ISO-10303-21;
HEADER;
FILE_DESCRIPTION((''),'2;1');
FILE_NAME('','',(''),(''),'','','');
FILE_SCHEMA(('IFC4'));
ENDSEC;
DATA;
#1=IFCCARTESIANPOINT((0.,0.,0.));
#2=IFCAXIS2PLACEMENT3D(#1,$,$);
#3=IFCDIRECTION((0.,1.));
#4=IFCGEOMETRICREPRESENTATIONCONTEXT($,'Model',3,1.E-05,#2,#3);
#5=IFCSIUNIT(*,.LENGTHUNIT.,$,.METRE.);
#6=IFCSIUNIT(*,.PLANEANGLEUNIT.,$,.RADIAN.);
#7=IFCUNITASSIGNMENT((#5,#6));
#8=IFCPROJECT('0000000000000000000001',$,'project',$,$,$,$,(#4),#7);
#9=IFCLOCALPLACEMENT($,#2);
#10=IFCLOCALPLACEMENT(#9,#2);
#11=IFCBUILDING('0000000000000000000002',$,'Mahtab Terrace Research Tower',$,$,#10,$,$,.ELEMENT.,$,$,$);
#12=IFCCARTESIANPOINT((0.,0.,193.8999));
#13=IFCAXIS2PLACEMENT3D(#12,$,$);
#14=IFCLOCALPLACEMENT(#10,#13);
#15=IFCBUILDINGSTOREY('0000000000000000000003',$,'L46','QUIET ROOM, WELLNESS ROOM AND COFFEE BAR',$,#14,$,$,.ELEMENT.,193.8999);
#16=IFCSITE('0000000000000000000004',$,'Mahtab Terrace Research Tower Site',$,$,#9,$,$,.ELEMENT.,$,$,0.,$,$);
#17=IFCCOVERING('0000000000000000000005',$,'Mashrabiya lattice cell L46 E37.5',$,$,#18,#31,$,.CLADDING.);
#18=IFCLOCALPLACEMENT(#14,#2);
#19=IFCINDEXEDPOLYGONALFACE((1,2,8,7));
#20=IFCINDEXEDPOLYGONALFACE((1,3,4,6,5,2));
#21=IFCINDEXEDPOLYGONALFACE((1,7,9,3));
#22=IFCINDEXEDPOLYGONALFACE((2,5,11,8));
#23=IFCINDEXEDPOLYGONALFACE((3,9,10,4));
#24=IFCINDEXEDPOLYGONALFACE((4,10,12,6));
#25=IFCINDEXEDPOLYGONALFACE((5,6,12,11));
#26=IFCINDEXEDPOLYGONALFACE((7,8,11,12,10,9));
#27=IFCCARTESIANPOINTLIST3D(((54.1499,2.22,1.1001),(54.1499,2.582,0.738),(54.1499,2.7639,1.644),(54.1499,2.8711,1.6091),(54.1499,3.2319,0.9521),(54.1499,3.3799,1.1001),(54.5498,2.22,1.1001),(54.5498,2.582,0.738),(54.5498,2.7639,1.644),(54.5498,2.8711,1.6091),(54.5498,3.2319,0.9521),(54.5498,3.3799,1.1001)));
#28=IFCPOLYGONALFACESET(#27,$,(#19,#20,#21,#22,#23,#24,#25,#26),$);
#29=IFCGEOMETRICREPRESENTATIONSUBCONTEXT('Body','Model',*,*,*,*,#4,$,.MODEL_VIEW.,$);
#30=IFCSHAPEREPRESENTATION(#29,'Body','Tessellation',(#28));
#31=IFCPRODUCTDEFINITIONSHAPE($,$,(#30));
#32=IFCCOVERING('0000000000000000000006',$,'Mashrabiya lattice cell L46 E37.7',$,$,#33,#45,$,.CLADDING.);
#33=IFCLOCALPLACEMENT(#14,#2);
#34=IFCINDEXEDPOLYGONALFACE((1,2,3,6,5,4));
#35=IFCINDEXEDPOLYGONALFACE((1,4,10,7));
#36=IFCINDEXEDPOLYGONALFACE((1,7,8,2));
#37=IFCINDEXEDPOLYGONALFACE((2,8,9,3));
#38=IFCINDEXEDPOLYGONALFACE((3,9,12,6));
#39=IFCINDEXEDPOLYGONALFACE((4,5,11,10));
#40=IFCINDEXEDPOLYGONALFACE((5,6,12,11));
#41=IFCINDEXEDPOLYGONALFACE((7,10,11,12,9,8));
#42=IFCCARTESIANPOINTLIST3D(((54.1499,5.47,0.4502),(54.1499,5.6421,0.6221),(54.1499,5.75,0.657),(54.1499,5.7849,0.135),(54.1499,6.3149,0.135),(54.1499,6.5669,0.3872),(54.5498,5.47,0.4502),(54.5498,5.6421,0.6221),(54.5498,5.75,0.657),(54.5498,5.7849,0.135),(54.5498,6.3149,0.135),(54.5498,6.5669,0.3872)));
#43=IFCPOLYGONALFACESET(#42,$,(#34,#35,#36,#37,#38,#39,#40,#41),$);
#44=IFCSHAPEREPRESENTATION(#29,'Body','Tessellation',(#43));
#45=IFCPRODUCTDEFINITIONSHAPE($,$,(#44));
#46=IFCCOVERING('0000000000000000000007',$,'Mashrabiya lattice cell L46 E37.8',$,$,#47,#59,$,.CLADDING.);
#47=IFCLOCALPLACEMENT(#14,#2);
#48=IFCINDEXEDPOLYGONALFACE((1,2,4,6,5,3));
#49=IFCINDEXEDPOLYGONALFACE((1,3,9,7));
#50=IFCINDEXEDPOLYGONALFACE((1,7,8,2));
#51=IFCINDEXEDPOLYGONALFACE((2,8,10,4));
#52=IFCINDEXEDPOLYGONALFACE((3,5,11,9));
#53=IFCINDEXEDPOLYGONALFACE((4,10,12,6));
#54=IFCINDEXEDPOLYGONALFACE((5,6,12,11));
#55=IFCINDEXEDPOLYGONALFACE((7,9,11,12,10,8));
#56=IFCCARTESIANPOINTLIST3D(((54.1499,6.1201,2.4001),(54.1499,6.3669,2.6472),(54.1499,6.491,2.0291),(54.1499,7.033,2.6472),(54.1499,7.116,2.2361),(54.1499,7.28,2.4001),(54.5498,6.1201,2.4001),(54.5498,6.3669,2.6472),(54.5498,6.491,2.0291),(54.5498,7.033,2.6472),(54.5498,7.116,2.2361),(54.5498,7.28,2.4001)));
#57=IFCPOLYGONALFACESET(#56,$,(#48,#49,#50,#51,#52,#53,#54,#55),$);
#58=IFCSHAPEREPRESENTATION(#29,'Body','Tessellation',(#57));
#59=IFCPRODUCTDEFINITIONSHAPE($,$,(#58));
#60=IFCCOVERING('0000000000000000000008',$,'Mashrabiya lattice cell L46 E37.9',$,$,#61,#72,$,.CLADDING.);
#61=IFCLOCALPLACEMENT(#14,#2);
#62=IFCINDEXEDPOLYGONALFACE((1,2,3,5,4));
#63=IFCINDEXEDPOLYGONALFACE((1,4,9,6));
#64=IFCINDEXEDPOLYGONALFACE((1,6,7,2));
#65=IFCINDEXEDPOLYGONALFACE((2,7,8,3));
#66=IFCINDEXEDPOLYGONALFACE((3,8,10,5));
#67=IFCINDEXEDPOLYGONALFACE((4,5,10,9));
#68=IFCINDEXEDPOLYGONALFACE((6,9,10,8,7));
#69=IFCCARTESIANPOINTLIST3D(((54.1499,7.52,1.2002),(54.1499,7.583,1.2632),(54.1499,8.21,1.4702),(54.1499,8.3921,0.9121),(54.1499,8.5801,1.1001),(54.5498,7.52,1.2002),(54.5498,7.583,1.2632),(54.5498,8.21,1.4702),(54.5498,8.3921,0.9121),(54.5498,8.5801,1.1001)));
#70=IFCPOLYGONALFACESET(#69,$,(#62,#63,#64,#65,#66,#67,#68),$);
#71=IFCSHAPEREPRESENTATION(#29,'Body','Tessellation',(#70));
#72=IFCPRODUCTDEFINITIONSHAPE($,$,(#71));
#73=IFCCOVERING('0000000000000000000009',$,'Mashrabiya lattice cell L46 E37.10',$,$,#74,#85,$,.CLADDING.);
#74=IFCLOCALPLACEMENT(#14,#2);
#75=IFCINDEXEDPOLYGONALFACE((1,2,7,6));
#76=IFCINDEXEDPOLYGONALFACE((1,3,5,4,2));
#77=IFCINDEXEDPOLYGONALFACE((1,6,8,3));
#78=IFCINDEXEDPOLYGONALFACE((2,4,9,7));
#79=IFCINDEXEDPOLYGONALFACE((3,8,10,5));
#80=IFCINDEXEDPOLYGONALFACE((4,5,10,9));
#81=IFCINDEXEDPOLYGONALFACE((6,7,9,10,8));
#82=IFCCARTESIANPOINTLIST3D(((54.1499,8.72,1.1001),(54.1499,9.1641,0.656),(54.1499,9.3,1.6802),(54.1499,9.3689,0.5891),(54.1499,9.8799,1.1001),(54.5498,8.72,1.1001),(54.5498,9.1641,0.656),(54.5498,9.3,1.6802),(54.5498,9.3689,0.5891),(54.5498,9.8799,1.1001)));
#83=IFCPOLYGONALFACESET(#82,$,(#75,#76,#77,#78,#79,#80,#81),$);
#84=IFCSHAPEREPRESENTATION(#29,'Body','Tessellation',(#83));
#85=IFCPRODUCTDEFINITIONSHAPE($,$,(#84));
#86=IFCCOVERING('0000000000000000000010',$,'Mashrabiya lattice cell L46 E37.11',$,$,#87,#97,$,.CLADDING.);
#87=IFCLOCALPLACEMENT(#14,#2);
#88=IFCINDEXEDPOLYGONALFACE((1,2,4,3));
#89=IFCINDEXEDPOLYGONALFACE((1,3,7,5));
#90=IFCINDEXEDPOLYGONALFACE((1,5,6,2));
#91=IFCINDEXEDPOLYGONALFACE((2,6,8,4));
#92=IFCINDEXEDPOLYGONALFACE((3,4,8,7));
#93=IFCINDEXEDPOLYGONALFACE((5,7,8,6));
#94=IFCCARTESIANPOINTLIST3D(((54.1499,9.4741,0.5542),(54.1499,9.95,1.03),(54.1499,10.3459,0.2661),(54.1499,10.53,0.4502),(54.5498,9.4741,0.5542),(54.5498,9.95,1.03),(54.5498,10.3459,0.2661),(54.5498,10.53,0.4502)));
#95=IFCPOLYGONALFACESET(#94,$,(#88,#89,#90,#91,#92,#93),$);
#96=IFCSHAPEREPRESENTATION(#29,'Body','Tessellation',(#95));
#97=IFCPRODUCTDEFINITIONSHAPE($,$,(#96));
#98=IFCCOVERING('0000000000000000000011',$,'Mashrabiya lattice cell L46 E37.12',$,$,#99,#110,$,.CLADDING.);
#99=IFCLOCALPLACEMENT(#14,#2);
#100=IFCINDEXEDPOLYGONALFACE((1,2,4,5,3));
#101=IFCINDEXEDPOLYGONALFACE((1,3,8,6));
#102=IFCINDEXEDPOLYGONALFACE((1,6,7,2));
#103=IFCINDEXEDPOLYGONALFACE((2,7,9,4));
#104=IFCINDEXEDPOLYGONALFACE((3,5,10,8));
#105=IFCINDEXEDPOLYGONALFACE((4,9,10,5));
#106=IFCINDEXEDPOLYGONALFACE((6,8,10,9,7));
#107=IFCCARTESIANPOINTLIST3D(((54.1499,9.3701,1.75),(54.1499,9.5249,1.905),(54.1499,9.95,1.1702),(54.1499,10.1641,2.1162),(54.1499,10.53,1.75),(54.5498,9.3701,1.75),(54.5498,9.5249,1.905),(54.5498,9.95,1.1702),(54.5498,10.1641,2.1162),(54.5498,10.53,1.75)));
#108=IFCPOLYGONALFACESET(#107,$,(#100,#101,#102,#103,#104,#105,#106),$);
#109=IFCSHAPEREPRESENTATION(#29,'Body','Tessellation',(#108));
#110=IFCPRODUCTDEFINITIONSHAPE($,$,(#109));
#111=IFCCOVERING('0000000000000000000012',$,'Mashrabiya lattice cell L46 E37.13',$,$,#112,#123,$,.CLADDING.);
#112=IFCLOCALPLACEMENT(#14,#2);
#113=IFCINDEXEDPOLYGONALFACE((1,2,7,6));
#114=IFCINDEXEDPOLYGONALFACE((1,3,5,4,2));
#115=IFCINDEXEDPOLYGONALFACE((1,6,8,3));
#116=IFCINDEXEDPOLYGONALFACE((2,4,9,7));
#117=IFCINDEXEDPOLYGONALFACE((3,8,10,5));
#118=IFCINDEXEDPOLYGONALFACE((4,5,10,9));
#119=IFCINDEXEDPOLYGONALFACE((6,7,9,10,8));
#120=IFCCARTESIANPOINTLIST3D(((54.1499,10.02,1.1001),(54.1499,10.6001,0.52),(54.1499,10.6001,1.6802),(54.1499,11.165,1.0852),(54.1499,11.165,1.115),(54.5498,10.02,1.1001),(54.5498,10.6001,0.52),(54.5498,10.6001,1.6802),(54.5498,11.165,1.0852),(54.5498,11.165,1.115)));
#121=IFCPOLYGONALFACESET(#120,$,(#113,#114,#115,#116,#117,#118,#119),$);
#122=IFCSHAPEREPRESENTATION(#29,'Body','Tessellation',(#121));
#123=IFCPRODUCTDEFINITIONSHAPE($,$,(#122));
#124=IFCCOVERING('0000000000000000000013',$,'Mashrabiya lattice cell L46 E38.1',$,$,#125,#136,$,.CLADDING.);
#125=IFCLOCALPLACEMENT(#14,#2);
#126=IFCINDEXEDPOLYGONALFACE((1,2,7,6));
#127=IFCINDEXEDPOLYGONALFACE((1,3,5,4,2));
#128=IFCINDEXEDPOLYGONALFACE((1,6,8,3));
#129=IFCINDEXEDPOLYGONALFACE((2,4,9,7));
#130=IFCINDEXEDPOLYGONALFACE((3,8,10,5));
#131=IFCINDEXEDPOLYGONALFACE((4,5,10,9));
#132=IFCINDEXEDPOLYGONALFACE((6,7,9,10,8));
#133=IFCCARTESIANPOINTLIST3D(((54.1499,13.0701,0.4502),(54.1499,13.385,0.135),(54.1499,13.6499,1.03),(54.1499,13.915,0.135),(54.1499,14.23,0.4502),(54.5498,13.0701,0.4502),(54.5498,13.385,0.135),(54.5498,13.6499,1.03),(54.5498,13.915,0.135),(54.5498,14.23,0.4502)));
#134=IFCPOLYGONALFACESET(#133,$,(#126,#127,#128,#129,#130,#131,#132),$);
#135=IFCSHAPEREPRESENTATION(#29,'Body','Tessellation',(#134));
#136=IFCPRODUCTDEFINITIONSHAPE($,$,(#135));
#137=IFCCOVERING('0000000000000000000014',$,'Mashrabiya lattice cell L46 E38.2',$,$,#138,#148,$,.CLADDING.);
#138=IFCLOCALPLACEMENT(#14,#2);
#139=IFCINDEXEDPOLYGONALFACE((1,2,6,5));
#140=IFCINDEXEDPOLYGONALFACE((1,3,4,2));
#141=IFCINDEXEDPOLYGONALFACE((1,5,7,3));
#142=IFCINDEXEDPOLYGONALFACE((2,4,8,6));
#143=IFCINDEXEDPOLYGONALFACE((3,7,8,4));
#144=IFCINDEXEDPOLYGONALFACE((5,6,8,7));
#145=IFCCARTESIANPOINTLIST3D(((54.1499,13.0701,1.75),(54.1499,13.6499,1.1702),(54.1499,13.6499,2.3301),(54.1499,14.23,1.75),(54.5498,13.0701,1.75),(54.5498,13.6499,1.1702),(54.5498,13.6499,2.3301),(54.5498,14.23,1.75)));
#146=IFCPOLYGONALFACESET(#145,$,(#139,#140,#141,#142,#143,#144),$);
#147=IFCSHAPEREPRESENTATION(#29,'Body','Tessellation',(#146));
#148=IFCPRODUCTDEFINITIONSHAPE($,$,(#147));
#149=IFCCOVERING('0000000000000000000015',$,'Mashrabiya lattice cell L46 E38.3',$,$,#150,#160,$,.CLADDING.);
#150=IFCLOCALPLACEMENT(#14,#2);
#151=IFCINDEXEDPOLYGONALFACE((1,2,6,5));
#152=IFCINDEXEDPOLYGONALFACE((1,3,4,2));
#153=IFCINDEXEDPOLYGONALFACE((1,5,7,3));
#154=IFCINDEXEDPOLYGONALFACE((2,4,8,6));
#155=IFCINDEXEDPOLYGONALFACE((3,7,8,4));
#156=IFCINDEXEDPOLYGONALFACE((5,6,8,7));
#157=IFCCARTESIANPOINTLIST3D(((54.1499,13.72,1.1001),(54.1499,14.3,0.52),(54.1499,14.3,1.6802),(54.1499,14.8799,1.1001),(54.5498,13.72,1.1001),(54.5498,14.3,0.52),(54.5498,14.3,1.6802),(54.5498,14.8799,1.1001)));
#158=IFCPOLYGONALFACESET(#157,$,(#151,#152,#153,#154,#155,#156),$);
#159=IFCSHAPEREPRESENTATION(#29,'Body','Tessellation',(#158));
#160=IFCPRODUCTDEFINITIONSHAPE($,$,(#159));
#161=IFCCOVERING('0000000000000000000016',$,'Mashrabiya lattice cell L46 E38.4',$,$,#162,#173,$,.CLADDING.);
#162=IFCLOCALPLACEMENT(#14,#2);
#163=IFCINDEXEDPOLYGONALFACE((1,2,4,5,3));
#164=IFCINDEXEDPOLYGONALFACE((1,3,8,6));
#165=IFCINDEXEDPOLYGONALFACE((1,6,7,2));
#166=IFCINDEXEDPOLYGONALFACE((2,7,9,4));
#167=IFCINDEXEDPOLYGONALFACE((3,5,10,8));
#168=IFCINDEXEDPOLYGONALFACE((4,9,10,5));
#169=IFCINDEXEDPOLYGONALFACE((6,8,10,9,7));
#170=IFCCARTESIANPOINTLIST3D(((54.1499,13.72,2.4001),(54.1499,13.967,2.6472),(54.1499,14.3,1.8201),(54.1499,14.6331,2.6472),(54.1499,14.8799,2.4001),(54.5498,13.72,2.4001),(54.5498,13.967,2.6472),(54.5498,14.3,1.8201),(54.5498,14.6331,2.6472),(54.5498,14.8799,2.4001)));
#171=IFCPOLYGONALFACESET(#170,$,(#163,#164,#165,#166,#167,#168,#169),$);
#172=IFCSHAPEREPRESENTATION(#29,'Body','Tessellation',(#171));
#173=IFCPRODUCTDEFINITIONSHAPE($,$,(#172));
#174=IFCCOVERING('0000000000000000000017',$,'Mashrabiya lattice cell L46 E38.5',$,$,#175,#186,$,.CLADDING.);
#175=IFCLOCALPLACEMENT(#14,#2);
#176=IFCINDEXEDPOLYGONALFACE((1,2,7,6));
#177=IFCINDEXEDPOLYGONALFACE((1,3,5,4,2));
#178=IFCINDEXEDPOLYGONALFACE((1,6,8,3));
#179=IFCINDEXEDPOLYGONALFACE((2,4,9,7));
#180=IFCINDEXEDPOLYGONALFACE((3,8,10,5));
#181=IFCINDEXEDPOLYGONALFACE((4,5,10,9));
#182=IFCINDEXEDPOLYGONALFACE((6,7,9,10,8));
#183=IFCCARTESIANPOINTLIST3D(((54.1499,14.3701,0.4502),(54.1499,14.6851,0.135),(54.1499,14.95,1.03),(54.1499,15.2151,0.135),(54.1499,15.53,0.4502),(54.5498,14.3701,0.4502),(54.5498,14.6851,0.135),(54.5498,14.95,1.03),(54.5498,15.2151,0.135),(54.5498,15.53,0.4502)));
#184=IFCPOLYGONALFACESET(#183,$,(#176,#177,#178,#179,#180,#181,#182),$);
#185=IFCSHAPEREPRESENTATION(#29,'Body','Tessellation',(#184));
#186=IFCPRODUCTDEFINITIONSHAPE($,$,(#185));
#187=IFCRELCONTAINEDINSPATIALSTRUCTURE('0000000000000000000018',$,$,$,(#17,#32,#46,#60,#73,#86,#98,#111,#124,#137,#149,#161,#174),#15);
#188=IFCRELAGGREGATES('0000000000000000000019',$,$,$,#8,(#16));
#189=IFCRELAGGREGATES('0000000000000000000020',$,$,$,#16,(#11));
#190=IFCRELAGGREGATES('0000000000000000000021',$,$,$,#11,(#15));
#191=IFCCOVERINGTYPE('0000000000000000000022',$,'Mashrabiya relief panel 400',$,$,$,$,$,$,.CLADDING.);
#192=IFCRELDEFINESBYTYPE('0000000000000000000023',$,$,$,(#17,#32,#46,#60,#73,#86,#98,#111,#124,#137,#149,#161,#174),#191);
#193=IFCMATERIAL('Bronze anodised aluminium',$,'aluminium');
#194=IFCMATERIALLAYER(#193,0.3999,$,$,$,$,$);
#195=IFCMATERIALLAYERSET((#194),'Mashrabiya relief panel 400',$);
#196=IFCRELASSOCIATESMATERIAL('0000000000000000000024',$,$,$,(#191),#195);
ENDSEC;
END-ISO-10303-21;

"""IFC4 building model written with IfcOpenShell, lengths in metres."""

from ifc_helpers import new_model, si_unit, direction, frame, origin, place, context, subcontext, project, spatial, polyline, outline, extrude, material, layer, layer_set, type_object, element, save


model = new_model("IFC4")

# Units and contexts
model_context = context("Model", 3, precision=1e-05, world=origin(), true_north=direction((0.0, 1.0)))
body_context = subcontext(model_context, "Body", "Model", "MODEL_VIEW")
ifc_project = project(units=[si_unit("LENGTHUNIT", "METRE"), si_unit("PLANEANGLEUNIT", "RADIAN")], contexts=[model_context])

# Site, building, storey
site_placement = place(None, origin())
site = spatial("IfcSite", under=ifc_project, at=site_placement, Name="Mahtab Terrace Research Tower Site", CompositionType="ELEMENT", RefElevation=0.0)
building_placement = place(site_placement, origin())
building = spatial("IfcBuilding", under=site, at=building_placement, Name="Mahtab Terrace Research Tower", CompositionType="ELEMENT")
storey_placement = place(building_placement, frame((0.0, 0.0, 193.8999)))
storey = spatial("IfcBuildingStorey", under=building, at=storey_placement, Name="L46", Description="QUIET ROOM, WELLNESS ROOM AND COFFEE BAR", CompositionType="ELEMENT", Elevation=193.8999)

# Coverings
ifc_material_1 = material(Name="Bronze anodised aluminium", Category="aluminium")
ifc_layer_1 = layer(ifc_material_1, 0.3999)
ifc_layer_set_1 = layer_set([ifc_layer_1], Name="Mashrabiya relief panel 400")
covering_type_1 = type_object("IfcCoveringType", Name="Mashrabiya relief panel 400", PredefinedType="CLADDING", material=ifc_layer_set_1)
covering_1_placement = place(storey_placement, frame((54.1499, 2.22, 1.1001), z_axis=(-1.0, 0.0, 0.0), x_axis=(0.0, 0.707107, 0.707107)))
element("IfcCovering", 1, at=covering_1_placement, inside=storey, type_object=covering_type_1, Name="Mashrabiya lattice cell L46 E37.5", PredefinedType="CLADDING", context=body_context, shape_type="SweptSolid", body=[
    extrude(outline(polyline([(0.0, 0.0), (0.7693, 0.0), (0.8204, 0.1005), (0.8202, 0.8202), (0.6109, 0.8202), (0.0, 0.512), (0.0, 0.0)])), origin(), (0.0, 0.0, -1.0), 0.3999),
])
covering_2_placement = place(storey_placement, frame((54.1499, 5.47, 0.4502), z_axis=(-1.0, 0.0, 0.0), x_axis=(0.0, 0.707608, 0.706605)))
element("IfcCovering", 2, at=covering_2_placement, inside=storey, type_object=covering_type_1, Name="Mashrabiya lattice cell L46 E37.7", PredefinedType="CLADDING", context=body_context, shape_type="SweptSolid", body=[
    extrude(outline(polyline([(0.0, 0.0), (0.2432, 0.0), (0.3443, 0.0515), (0.7317, 0.8197), (0.3752, 0.8201), (0.0001, 0.4456), (0.0, 0.0)])), origin(), (0.0, 0.0, -1.0), 0.3999),
])
covering_3_placement = place(storey_placement, frame((54.1499, 6.1201, 2.4001), z_axis=(-1.0, 0.0, 0.0), x_axis=(0.0, 0.706757, 0.707456)))
element("IfcCovering", 3, at=covering_3_placement, inside=storey, type_object=covering_type_1, Name="Mashrabiya lattice cell L46 E37.8", PredefinedType="CLADDING", context=body_context, shape_type="SweptSolid", body=[
    extrude(outline(polyline([(0.0, 0.0), (0.3492, 0.0), (0.8199, 0.4712), (0.8198, 0.8206), (0.5878, 0.8205), (-0.0004, 0.5246), (0.0, 0.0)])), origin(), (0.0, 0.0, -1.0), 0.3999),
])
covering_4_placement = place(storey_placement, frame((54.1499, 8.5801, 1.1001), z_axis=(-1.0, 0.0, 0.0), x_axis=(0.0, -0.707107, -0.707107)))
element("IfcCovering", 4, at=covering_4_placement, inside=storey, type_object=covering_type_1, Name="Mashrabiya lattice cell L46 E37.9", PredefinedType="CLADDING", context=body_context, shape_type="SweptSolid", body=[
    extrude(outline(polyline([(0.0, 0.0), (0.2659, 0.0), (0.6788, 0.8204), (0.5897, 0.8204), (0.0, 0.5234), (0.0, 0.0)])), origin(), (0.0, 0.0, -1.0), 0.3999),
])
covering_5_placement = place(storey_placement, frame((54.1499, 8.72, 1.1001), z_axis=(-1.0, 0.0, 0.0), x_axis=(0.0, 0.707107, 0.707107)))
element("IfcCovering", 5, at=covering_5_placement, inside=storey, type_object=covering_type_1, Name="Mashrabiya lattice cell L46 E37.10", PredefinedType="CLADDING", context=body_context, shape_type="SweptSolid", body=[
    extrude(outline(polyline([(0.0, 0.0), (0.8204, 0.0), (0.8202, 0.8202), (0.0975, 0.8202), (0.0, 0.628), (0.0, 0.0)])), origin(), (0.0, 0.0, -1.0), 0.3999),
])
covering_6_placement = place(storey_placement, frame((54.1499, 9.95, 1.03), z_axis=(-1.0, 0.0, 0.0), x_axis=(0.0, 0.707256, -0.706958)))
element("IfcCovering", 6, at=covering_6_placement, inside=storey, type_object=covering_type_1, Name="Mashrabiya lattice cell L46 E37.11", PredefinedType="CLADDING", context=body_context, shape_type="SweptSolid", body=[
    extrude(outline(polyline([(0.0, 0.0), (0.8202, 0.0), (0.8201, 0.2603), (-0.0001, 0.6729), (0.0, 0.0)])), origin(), (0.0, 0.0, -1.0), 0.3999),
])
covering_7_placement = place(storey_placement, frame((54.1499, 10.53, 1.75), z_axis=(-1.0, 0.0, 0.0), x_axis=(0.0, -0.707256, -0.706958)))
element("IfcCovering", 7, at=covering_7_placement, inside=storey, type_object=covering_type_1, Name="Mashrabiya lattice cell L46 E37.12", PredefinedType="CLADDING", context=body_context, shape_type="SweptSolid", body=[
    extrude(outline(polyline([(0.0, 0.0), (0.8202, 0.0), (0.8204, 0.82), (0.6013, 0.8202), (-0.0001, 0.5177), (0.0, 0.0)])), origin(), (0.0, 0.0, -1.0), 0.3999),
])
covering_8_placement = place(storey_placement, frame((54.1499, 10.6001, 0.52), z_axis=(-1.0, 0.0, 0.0), x_axis=(0.0, -0.707107, 0.707107)))
element("IfcCovering", 8, at=covering_8_placement, inside=storey, type_object=covering_type_1, Name="Mashrabiya lattice cell L46 E37.13", PredefinedType="CLADDING", context=body_context, shape_type="SweptSolid", body=[
    extrude(outline(polyline([(0.0, 0.0), (0.8204, 0.0), (0.8204, 0.8204), (0.0212, 0.8202), (0.0002, 0.7991), (0.0, 0.0)])), origin(), (0.0, 0.0, -1.0), 0.3999),
])
covering_9_placement = place(storey_placement, frame((54.1499, 13.0701, 0.4502), z_axis=(-1.0, 0.0, 0.0), x_axis=(0.0, 0.707107, 0.707107)))
element("IfcCovering", 9, at=covering_9_placement, inside=storey, type_object=covering_type_1, Name="Mashrabiya lattice cell L46 E38.1", PredefinedType="CLADDING", context=body_context, shape_type="SweptSolid", body=[
    extrude(outline(polyline([(0.0, 0.0), (0.82, 0.0), (0.8202, 0.8202), (0.3746, 0.8204), (-0.0002, 0.4456), (0.0, 0.0)])), origin(), (0.0, 0.0, -1.0), 0.3999),
])
covering_10_placement = place(storey_placement, frame((54.1499, 13.6499, 2.3301), z_axis=(-1.0, 0.0, 0.0), x_axis=(0.0, 0.707107, -0.707107)))
element("IfcCovering", 10, at=covering_10_placement, inside=storey, type_object=covering_type_1, Name="Mashrabiya lattice cell L46 E38.2", PredefinedType="CLADDING", context=body_context, shape_type="SweptSolid", body=[
    extrude(outline(polyline([(0.0, 0.0), (0.8204, 0.0), (0.8202, 0.8202), (0.0002, 0.8202), (0.0, 0.0)])), origin(), (0.0, 0.0, -1.0), 0.3999),
])
covering_11_placement = place(storey_placement, frame((54.1499, 14.3, 1.6802), z_axis=(-1.0, 0.0, 0.0), x_axis=(0.0, 0.706958, -0.707256)))
element("IfcCovering", 11, at=covering_11_placement, inside=storey, type_object=covering_type_1, Name="Mashrabiya lattice cell L46 E38.3", PredefinedType="CLADDING", context=body_context, shape_type="SweptSolid", body=[
    extrude(outline(polyline([(0.0, 0.0), (0.8202, 0.0), (0.8205, 0.8202), (0.0002, 0.8204), (0.0, 0.0)])), origin(), (0.0, 0.0, -1.0), 0.3999),
])
covering_12_placement = place(storey_placement, frame((54.1499, 14.8799, 2.4001), z_axis=(-1.0, 0.0, 0.0), x_axis=(0.0, -0.706958, -0.707256)))
element("IfcCovering", 12, at=covering_12_placement, inside=storey, type_object=covering_type_1, Name="Mashrabiya lattice cell L46 E38.4", PredefinedType="CLADDING", context=body_context, shape_type="SweptSolid", body=[
    extrude(outline(polyline([(0.0, 0.0), (0.8202, 0.0), (0.82, 0.8204), (0.4706, 0.8203), (-0.0002, 0.3492), (0.0, 0.0)])), origin(), (0.0, 0.0, -1.0), 0.3999),
])
covering_13_placement = place(storey_placement, frame((54.1499, 14.3701, 0.4502), z_axis=(-1.0, 0.0, 0.0), x_axis=(0.0, 0.707107, 0.707107)))
element("IfcCovering", 13, at=covering_13_placement, inside=storey, type_object=covering_type_1, Name="Mashrabiya lattice cell L46 E38.5", PredefinedType="CLADDING", context=body_context, shape_type="SweptSolid", body=[
    extrude(outline(polyline([(0.0, 0.0), (0.82, 0.0), (0.8202, 0.8202), (0.3746, 0.8204), (-0.0002, 0.4456), (0.0, 0.0)])), origin(), (0.0, 0.0, -1.0), 0.3999),
])

save(model, "model.ifc")
